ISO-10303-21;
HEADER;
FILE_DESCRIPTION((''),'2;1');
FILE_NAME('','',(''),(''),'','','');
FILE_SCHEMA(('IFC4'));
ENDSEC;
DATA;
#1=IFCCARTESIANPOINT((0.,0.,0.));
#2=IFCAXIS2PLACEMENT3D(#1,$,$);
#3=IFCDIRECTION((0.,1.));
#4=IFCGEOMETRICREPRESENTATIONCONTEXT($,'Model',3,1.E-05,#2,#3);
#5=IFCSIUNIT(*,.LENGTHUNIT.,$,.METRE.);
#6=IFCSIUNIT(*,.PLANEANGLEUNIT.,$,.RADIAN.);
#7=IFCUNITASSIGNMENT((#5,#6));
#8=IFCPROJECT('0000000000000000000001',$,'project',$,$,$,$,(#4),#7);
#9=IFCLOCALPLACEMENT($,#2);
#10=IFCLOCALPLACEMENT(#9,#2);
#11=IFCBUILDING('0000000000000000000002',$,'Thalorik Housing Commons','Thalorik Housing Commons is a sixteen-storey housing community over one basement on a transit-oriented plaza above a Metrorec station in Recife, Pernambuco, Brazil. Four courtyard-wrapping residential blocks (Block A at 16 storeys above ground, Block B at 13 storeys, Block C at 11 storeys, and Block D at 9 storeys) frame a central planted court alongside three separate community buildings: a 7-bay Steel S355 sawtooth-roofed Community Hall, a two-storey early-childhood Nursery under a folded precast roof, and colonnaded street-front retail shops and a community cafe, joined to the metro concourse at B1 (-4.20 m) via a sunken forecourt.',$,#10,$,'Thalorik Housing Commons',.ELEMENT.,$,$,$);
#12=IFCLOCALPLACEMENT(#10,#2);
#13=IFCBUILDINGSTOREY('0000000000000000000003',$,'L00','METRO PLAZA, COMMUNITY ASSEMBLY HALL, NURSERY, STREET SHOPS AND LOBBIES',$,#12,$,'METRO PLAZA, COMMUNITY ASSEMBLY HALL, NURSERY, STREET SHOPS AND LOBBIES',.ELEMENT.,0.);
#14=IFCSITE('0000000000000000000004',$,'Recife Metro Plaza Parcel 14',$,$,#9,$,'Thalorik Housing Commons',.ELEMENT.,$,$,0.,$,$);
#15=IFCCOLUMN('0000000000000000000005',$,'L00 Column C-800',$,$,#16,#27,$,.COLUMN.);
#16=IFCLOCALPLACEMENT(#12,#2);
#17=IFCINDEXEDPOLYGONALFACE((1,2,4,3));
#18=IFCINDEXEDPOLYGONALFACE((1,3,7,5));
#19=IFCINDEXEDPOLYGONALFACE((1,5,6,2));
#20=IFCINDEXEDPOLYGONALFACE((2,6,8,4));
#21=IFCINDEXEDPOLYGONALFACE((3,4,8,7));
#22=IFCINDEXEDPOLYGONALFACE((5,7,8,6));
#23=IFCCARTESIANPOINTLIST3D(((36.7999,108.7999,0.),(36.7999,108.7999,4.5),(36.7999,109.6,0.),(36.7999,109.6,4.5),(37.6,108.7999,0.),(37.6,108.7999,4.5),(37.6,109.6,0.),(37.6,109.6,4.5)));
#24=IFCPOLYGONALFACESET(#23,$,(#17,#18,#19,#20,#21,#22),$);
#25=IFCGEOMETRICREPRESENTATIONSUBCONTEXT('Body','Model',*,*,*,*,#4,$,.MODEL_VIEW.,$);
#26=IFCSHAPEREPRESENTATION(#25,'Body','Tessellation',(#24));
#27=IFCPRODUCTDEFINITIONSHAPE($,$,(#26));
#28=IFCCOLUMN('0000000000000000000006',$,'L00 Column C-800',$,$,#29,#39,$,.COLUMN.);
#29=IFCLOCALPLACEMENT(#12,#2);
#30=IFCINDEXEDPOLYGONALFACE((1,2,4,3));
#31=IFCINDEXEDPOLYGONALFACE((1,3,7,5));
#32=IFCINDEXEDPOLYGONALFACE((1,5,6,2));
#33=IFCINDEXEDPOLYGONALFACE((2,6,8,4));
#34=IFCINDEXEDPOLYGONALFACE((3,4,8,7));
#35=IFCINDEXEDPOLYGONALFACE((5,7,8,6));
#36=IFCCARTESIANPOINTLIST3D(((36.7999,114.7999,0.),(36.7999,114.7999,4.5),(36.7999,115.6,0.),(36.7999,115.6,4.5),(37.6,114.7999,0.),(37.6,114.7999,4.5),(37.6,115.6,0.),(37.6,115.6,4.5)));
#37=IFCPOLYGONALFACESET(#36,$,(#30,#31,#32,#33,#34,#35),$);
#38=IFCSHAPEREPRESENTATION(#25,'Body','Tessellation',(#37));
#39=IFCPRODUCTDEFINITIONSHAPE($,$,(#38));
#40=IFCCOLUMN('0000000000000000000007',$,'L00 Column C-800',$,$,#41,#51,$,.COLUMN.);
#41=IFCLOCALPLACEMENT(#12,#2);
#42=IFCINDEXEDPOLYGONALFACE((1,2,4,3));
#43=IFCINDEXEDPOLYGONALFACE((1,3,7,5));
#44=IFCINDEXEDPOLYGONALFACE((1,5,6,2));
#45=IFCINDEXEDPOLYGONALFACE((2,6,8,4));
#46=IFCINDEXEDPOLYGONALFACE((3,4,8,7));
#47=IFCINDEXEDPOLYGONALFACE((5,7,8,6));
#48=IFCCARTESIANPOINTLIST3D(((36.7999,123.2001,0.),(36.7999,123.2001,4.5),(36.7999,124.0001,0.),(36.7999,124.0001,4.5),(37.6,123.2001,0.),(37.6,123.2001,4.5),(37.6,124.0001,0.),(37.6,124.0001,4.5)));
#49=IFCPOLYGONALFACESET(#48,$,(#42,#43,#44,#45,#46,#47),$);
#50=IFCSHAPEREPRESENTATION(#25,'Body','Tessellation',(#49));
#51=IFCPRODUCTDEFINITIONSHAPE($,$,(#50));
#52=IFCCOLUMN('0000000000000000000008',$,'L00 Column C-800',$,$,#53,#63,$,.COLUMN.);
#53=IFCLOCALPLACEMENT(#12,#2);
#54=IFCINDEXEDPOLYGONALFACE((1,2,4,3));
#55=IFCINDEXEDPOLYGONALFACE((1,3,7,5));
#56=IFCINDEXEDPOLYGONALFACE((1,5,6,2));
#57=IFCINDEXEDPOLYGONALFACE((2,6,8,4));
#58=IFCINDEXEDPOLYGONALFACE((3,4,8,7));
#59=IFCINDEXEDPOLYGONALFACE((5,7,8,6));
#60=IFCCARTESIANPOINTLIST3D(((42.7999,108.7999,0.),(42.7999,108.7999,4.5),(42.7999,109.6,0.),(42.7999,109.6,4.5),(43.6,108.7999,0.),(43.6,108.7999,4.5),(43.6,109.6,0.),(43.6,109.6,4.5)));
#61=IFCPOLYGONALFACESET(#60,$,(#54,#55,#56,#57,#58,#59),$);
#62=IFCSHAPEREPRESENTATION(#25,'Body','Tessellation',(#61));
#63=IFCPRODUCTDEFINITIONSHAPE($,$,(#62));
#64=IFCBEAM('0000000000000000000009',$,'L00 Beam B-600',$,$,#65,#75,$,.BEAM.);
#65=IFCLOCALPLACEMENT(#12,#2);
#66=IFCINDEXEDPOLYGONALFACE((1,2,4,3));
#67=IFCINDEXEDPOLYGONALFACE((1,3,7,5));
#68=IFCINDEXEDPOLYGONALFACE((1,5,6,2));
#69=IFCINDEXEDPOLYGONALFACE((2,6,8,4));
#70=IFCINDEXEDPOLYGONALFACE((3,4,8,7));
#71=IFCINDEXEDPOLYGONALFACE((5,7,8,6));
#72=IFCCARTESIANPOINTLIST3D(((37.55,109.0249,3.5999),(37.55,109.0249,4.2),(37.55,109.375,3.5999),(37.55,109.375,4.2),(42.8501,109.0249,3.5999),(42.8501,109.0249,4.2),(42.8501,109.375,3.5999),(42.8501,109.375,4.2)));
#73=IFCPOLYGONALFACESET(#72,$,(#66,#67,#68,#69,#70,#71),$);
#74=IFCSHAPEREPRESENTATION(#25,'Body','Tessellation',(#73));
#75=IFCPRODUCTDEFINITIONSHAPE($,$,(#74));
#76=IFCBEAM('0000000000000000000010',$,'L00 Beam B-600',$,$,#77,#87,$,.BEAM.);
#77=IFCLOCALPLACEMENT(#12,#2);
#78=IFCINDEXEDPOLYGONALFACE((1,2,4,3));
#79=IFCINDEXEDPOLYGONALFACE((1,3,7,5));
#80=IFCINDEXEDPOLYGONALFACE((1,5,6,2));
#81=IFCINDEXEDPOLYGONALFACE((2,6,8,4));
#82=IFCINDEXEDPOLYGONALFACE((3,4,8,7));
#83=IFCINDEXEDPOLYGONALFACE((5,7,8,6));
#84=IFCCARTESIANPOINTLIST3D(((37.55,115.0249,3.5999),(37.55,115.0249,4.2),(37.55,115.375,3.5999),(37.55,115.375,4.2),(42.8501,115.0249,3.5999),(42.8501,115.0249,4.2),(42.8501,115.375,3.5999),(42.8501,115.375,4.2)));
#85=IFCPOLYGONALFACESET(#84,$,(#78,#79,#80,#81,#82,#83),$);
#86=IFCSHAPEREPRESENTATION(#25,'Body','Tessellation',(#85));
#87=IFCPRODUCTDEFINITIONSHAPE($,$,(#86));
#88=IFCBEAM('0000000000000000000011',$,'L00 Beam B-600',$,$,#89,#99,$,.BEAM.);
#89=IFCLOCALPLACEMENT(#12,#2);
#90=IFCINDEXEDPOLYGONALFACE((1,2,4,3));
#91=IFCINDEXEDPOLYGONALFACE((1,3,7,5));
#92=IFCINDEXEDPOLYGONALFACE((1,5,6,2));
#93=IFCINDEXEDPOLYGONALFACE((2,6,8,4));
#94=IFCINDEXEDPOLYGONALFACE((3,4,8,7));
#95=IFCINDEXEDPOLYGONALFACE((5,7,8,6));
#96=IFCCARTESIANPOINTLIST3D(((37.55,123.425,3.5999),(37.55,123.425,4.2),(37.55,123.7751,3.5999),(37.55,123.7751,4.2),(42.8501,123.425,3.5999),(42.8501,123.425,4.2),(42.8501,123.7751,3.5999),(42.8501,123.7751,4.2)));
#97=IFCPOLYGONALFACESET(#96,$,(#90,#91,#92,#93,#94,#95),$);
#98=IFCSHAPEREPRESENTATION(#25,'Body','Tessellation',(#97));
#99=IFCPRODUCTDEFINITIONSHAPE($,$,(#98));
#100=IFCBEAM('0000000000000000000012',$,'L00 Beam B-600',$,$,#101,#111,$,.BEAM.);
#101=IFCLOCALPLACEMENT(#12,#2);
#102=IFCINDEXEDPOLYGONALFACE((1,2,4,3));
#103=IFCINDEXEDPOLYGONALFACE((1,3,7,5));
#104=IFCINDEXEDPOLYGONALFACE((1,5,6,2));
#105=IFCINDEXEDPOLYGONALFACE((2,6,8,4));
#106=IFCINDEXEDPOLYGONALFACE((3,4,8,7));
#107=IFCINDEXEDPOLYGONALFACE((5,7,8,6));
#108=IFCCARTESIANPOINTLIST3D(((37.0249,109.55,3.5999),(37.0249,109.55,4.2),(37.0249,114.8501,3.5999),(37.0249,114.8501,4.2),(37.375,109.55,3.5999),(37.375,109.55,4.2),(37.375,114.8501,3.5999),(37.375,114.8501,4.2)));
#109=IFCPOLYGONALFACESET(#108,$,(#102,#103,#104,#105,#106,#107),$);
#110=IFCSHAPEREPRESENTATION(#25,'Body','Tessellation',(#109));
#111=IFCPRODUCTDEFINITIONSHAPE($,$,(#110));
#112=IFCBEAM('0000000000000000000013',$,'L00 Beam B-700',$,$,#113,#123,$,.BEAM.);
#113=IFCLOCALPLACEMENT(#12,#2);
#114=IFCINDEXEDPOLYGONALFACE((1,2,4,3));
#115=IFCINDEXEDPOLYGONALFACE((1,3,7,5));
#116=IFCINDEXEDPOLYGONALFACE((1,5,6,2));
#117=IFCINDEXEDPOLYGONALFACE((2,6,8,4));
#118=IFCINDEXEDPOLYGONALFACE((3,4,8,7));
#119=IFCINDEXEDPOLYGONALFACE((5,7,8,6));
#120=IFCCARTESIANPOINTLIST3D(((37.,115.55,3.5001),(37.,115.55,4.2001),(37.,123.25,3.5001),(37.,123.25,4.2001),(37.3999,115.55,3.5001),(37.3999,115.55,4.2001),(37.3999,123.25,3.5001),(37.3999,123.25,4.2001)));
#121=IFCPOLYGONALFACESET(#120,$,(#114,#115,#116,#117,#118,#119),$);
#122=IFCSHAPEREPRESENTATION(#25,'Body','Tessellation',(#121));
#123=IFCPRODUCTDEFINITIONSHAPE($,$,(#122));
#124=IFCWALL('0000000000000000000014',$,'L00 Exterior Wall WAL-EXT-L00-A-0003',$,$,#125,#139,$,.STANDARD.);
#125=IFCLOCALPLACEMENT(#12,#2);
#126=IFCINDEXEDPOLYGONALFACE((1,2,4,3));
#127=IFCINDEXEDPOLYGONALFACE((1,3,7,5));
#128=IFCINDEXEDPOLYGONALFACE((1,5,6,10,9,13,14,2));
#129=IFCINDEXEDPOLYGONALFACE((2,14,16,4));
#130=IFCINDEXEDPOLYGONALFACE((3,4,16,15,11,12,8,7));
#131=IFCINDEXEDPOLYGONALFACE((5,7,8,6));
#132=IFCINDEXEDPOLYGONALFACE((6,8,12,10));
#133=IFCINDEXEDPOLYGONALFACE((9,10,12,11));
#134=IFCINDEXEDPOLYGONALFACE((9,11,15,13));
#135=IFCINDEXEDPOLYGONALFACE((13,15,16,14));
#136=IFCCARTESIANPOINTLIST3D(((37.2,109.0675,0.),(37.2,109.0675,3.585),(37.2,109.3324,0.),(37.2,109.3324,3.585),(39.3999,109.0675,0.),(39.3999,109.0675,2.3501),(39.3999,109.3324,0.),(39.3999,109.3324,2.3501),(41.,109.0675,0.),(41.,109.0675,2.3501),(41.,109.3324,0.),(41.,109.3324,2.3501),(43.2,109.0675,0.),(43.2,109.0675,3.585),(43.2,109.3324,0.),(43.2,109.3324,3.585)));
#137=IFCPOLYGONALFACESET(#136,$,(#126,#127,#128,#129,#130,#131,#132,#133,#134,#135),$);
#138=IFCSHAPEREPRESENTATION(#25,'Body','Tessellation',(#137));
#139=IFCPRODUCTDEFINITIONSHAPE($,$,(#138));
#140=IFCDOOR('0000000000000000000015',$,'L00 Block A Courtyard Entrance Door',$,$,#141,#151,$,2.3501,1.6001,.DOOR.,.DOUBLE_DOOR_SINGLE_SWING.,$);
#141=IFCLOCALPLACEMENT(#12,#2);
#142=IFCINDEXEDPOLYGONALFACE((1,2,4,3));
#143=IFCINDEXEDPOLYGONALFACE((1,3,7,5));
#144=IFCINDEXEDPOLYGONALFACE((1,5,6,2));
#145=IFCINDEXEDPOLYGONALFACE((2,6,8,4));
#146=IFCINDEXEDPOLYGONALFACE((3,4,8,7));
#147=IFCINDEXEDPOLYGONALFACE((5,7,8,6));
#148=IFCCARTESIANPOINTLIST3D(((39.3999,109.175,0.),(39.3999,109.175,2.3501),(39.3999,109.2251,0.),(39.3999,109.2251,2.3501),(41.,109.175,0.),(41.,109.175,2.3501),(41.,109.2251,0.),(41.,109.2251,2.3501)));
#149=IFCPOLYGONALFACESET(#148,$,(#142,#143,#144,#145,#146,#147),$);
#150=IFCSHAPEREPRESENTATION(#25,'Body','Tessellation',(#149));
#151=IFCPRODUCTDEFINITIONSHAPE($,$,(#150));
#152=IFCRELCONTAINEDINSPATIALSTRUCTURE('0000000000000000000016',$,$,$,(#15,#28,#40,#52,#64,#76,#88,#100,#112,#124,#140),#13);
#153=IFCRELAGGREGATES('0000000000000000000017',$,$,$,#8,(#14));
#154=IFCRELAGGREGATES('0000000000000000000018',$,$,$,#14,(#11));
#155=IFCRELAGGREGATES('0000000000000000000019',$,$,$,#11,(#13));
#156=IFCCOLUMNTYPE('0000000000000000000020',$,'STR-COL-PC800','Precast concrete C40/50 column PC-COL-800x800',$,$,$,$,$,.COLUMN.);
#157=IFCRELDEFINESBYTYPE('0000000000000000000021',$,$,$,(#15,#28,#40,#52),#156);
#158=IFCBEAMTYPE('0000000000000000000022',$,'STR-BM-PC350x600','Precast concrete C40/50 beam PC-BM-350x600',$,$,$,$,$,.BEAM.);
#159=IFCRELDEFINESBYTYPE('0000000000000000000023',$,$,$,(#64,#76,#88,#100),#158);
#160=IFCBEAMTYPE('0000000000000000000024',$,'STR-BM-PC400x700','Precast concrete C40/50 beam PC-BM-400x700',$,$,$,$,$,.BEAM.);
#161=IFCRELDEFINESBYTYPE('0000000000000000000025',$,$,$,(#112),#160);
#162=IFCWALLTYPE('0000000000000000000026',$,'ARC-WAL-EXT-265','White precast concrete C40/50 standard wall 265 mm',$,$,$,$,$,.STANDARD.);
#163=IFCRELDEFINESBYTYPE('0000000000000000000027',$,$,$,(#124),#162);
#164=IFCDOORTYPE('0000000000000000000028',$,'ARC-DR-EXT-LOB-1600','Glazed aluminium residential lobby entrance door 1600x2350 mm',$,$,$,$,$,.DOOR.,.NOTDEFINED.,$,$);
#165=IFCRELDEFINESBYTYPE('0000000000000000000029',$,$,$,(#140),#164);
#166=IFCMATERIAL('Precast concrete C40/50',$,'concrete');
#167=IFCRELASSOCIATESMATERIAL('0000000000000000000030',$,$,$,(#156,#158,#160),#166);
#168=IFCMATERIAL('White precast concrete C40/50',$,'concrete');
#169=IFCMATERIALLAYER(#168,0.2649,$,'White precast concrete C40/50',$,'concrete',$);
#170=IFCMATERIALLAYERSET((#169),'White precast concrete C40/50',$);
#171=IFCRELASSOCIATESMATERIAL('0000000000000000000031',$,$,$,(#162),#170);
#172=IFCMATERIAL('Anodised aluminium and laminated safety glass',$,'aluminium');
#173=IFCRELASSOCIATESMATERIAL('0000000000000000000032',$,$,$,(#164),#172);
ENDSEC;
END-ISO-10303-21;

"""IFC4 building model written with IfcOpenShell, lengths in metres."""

from ifc_helpers import new_model, si_unit, direction, frame, frame_2d, origin, origin_2d, place, context, subcontext, project, spatial, rectangle, extrude, material, layer, layer_set, material_profile, profile_set, type_object, element, fill, save


model = new_model("IFC4")

# Units and contexts
model_context = context("Model", 3, precision=1e-05, world=origin(), true_north=direction((0.0, 1.0)))
body_context = subcontext(model_context, "Body", "Model", "MODEL_VIEW")
ifc_project = project(units=[si_unit("LENGTHUNIT", "METRE"), si_unit("PLANEANGLEUNIT", "RADIAN")], contexts=[model_context])

# Site, building, storey
site_placement = place(None, origin())
site = spatial("IfcSite", under=ifc_project, at=site_placement, Name="Recife Metro Plaza Parcel 14", LongName="Thalorik Housing Commons", CompositionType="ELEMENT", RefElevation=0.0)
building_placement = place(site_placement, origin())
building = spatial("IfcBuilding", under=site, at=building_placement, Name="Thalorik Housing Commons", Description="Thalorik Housing Commons is a sixteen-storey housing community over one basement on a transit-oriented plaza above a Metrorec station in Recife, Pernambuco, Brazil. Four courtyard-wrapping residential blocks (Block A at 16 storeys above ground, Block B at 13 storeys, Block C at 11 storeys, and Block D at 9 storeys) frame a central planted court alongside three separate community buildings: a 7-bay Steel S355 sawtooth-roofed Community Hall, a two-storey early-childhood Nursery under a folded precast roof, and colonnaded street-front retail shops and a community cafe, joined to the metro concourse at B1 (-4.20 m) via a sunken forecourt.", LongName="Thalorik Housing Commons", CompositionType="ELEMENT")
storey_placement = place(building_placement, origin())
storey = spatial("IfcBuildingStorey", under=building, at=storey_placement, Name="L00", Description="METRO PLAZA, COMMUNITY ASSEMBLY HALL, NURSERY, STREET SHOPS AND LOBBIES", LongName="METRO PLAZA, COMMUNITY ASSEMBLY HALL, NURSERY, STREET SHOPS AND LOBBIES", CompositionType="ELEMENT", Elevation=0.0)

# Columns
ifc_material_1 = material(Name="Precast concrete C40/50", Category="concrete")
ifc_material_profile_1 = material_profile(ifc_material_1, rectangle(XDim=0.8, YDim=0.8, at=origin_2d()), Name="PC 800x800", Category="concrete")
ifc_profile_set_1 = profile_set([ifc_material_profile_1], Name="Precast concrete C40/50")
column_type = type_object("IfcColumnType", Name="STR-COL-PC800", Description="Precast concrete C40/50 column PC-COL-800x800", PredefinedType="COLUMN", material=ifc_profile_set_1)
for number, where, z_axis, x_axis, name in (
    (1, (37.2, 109.2, 0.0), (0.0, 0.0, 1.0), (1.0, 0.0, 0.0), "L00 Column C-800"),
    (2, (37.2, 115.2, 0.0), (0.0, 0.0, 1.0), (1.0, 0.0, 0.0), "L00 Column C-800"),
    (3, (37.2, 123.6001, 0.0), (0.0, 0.0, 1.0), (1.0, 0.0, 0.0), "L00 Column C-800"),
    (4, (43.2, 109.2, 0.0), (0.0, 0.0, 1.0), (1.0, 0.0, 0.0), "L00 Column C-800"),
):
    element("IfcColumn", number, at=place(storey_placement, frame(where, z_axis=z_axis, x_axis=x_axis)), inside=storey, type_object=column_type, Name=name, PredefinedType="COLUMN", context=body_context, shape_type="SweptSolid", body=[
        extrude(rectangle(XDim=0.8, YDim=0.8, at=origin_2d()), origin(), (0.0, 0.0, 1.0), 4.5),
    ])

# Beams
ifc_material_profile_2 = material_profile(ifc_material_1, rectangle(XDim=0.3501, YDim=0.6001, at=origin_2d()), Name="PC 350x600", Category="concrete")
ifc_profile_set_2 = profile_set([ifc_material_profile_2], Name="Precast concrete C40/50")
beam_type_1 = type_object("IfcBeamType", Name="STR-BM-PC350x600", Description="Precast concrete C40/50 beam PC-BM-350x600", PredefinedType="BEAM", material=ifc_profile_set_2)
for number, where, z_axis, x_axis, name in (
    (5, (37.55, 109.2, 3.8999), (1.0, 0.0, 0.0), (0.0, 1.0, 0.0), "L00 Beam B-600"),
    (6, (37.55, 115.2, 3.8999), (1.0, 0.0, 0.0), (0.0, 1.0, 0.0), "L00 Beam B-600"),
    (7, (37.55, 123.6001, 3.8999), (1.0, 0.0, 0.0), (0.0, 1.0, 0.0), "L00 Beam B-600"),
    (8, (37.2, 109.55, 3.8999), (0.0, 1.0, 0.0), (-1.0, 0.0, 0.0), "L00 Beam B-600"),
):
    element("IfcBeam", number, at=place(storey_placement, frame(where, z_axis=z_axis, x_axis=x_axis)), inside=storey, type_object=beam_type_1, Name=name, PredefinedType="BEAM", context=body_context, shape_type="SweptSolid", body=[
        extrude(rectangle(XDim=0.3501, YDim=0.6001, at=origin_2d()), origin(), (0.0, 0.0, 1.0), 5.3),
    ])
ifc_material_profile_3 = material_profile(ifc_material_1, rectangle(XDim=0.3999, YDim=0.7, at=origin_2d()), Name="PC 400x700", Category="concrete")
ifc_profile_set_3 = profile_set([ifc_material_profile_3], Name="Precast concrete C40/50")
beam_type_2 = type_object("IfcBeamType", Name="STR-BM-PC400x700", Description="Precast concrete C40/50 beam PC-BM-400x700", PredefinedType="BEAM", material=ifc_profile_set_3)
beam_placement = place(storey_placement, frame((37.2, 115.55, 3.8501), z_axis=(0.0, 1.0, 0.0), x_axis=(-1.0, 0.0, 0.0)))
element("IfcBeam", 9, at=beam_placement, inside=storey, type_object=beam_type_2, Name="L00 Beam B-700", PredefinedType="BEAM", context=body_context, shape_type="SweptSolid", body=[
    extrude(rectangle(XDim=0.3999, YDim=0.7, at=origin_2d()), origin(), (0.0, 0.0, 1.0), 7.7),
])

# Wall, opening, door
ifc_material_2 = material(Name="White precast concrete C40/50", Category="concrete")
ifc_layer_1 = layer(ifc_material_2, 0.2649, Name="White precast concrete C40/50", Category="concrete")
ifc_layer_set_1 = layer_set([ifc_layer_1], Name="White precast concrete C40/50")
wall_type_1 = type_object("IfcWallType", Name="ARC-WAL-EXT-265", Description="White precast concrete C40/50 standard wall 265 mm", PredefinedType="STANDARD", material=ifc_layer_set_1)
wall_1_placement = place(storey_placement, frame((37.2, 109.2, 0.0), z_axis=(0.0, 0.0, 1.0), x_axis=(1.0, 0.0, 0.0)))
wall_1 = element("IfcWall", 10, at=wall_1_placement, inside=storey, type_object=wall_type_1, Name="L00 Exterior Wall WAL-EXT-L00-A-0003", PredefinedType="STANDARD", context=body_context, shape_type="SweptSolid", body=[
    extrude(rectangle(XDim=6.0, YDim=0.2649, at=frame_2d((3.0, 0.0))), origin(), (0.0, 0.0, 1.0), 3.585),
])
opening_1_placement = place(wall_1_placement, frame((2.2, 0.0, 0.0)))
opening_1 = element("IfcOpeningElement", 11, at=opening_1_placement, cuts=wall_1, PredefinedType="OPENING", context=body_context, shape_type="SweptSolid", body=[
    extrude(rectangle(XDim=1.6001, YDim=2.3501, at=frame_2d((0.8, 1.175))), frame((0.0, 0.1426, 0.0), z_axis=(0.0, -1.0, 0.0), x_axis=(1.0, 0.0, 0.0)), (0.0, 0.0, 1.0), 0.2849),
])
ifc_material_3 = material(Name="Anodised aluminium and laminated safety glass", Category="aluminium")
door_type = type_object("IfcDoorType", Name="ARC-DR-EXT-LOB-1600", Description="Glazed aluminium residential lobby entrance door 1600x2350 mm", OperationType="NOTDEFINED", PredefinedType="DOOR", material=ifc_material_3)
door_placement = place(opening_1_placement, frame((1.6001, 0.0, 0.0), z_axis=(0.0, 0.0, 1.0), x_axis=(-1.0, 0.0, 0.0)))
door = element("IfcDoor", 12, at=door_placement, inside=storey, type_object=door_type, Name="L00 Block A Courtyard Entrance Door", OperationType="DOUBLE_DOOR_SINGLE_SWING", OverallHeight=2.3501, OverallWidth=1.6001, PredefinedType="DOOR", context=body_context, shape_type="SweptSolid", body=[
    extrude(rectangle(XDim=1.6001, YDim=2.3501, at=frame_2d((0.8, 1.175))), frame((0.0, 0.0249, 0.0), z_axis=(0.0, -1.0, 0.0), x_axis=(1.0, 0.0, 0.0)), (0.0, 0.0, 1.0), 0.05),
])
fill(opening_1, door)

save(model, "model.ifc")
